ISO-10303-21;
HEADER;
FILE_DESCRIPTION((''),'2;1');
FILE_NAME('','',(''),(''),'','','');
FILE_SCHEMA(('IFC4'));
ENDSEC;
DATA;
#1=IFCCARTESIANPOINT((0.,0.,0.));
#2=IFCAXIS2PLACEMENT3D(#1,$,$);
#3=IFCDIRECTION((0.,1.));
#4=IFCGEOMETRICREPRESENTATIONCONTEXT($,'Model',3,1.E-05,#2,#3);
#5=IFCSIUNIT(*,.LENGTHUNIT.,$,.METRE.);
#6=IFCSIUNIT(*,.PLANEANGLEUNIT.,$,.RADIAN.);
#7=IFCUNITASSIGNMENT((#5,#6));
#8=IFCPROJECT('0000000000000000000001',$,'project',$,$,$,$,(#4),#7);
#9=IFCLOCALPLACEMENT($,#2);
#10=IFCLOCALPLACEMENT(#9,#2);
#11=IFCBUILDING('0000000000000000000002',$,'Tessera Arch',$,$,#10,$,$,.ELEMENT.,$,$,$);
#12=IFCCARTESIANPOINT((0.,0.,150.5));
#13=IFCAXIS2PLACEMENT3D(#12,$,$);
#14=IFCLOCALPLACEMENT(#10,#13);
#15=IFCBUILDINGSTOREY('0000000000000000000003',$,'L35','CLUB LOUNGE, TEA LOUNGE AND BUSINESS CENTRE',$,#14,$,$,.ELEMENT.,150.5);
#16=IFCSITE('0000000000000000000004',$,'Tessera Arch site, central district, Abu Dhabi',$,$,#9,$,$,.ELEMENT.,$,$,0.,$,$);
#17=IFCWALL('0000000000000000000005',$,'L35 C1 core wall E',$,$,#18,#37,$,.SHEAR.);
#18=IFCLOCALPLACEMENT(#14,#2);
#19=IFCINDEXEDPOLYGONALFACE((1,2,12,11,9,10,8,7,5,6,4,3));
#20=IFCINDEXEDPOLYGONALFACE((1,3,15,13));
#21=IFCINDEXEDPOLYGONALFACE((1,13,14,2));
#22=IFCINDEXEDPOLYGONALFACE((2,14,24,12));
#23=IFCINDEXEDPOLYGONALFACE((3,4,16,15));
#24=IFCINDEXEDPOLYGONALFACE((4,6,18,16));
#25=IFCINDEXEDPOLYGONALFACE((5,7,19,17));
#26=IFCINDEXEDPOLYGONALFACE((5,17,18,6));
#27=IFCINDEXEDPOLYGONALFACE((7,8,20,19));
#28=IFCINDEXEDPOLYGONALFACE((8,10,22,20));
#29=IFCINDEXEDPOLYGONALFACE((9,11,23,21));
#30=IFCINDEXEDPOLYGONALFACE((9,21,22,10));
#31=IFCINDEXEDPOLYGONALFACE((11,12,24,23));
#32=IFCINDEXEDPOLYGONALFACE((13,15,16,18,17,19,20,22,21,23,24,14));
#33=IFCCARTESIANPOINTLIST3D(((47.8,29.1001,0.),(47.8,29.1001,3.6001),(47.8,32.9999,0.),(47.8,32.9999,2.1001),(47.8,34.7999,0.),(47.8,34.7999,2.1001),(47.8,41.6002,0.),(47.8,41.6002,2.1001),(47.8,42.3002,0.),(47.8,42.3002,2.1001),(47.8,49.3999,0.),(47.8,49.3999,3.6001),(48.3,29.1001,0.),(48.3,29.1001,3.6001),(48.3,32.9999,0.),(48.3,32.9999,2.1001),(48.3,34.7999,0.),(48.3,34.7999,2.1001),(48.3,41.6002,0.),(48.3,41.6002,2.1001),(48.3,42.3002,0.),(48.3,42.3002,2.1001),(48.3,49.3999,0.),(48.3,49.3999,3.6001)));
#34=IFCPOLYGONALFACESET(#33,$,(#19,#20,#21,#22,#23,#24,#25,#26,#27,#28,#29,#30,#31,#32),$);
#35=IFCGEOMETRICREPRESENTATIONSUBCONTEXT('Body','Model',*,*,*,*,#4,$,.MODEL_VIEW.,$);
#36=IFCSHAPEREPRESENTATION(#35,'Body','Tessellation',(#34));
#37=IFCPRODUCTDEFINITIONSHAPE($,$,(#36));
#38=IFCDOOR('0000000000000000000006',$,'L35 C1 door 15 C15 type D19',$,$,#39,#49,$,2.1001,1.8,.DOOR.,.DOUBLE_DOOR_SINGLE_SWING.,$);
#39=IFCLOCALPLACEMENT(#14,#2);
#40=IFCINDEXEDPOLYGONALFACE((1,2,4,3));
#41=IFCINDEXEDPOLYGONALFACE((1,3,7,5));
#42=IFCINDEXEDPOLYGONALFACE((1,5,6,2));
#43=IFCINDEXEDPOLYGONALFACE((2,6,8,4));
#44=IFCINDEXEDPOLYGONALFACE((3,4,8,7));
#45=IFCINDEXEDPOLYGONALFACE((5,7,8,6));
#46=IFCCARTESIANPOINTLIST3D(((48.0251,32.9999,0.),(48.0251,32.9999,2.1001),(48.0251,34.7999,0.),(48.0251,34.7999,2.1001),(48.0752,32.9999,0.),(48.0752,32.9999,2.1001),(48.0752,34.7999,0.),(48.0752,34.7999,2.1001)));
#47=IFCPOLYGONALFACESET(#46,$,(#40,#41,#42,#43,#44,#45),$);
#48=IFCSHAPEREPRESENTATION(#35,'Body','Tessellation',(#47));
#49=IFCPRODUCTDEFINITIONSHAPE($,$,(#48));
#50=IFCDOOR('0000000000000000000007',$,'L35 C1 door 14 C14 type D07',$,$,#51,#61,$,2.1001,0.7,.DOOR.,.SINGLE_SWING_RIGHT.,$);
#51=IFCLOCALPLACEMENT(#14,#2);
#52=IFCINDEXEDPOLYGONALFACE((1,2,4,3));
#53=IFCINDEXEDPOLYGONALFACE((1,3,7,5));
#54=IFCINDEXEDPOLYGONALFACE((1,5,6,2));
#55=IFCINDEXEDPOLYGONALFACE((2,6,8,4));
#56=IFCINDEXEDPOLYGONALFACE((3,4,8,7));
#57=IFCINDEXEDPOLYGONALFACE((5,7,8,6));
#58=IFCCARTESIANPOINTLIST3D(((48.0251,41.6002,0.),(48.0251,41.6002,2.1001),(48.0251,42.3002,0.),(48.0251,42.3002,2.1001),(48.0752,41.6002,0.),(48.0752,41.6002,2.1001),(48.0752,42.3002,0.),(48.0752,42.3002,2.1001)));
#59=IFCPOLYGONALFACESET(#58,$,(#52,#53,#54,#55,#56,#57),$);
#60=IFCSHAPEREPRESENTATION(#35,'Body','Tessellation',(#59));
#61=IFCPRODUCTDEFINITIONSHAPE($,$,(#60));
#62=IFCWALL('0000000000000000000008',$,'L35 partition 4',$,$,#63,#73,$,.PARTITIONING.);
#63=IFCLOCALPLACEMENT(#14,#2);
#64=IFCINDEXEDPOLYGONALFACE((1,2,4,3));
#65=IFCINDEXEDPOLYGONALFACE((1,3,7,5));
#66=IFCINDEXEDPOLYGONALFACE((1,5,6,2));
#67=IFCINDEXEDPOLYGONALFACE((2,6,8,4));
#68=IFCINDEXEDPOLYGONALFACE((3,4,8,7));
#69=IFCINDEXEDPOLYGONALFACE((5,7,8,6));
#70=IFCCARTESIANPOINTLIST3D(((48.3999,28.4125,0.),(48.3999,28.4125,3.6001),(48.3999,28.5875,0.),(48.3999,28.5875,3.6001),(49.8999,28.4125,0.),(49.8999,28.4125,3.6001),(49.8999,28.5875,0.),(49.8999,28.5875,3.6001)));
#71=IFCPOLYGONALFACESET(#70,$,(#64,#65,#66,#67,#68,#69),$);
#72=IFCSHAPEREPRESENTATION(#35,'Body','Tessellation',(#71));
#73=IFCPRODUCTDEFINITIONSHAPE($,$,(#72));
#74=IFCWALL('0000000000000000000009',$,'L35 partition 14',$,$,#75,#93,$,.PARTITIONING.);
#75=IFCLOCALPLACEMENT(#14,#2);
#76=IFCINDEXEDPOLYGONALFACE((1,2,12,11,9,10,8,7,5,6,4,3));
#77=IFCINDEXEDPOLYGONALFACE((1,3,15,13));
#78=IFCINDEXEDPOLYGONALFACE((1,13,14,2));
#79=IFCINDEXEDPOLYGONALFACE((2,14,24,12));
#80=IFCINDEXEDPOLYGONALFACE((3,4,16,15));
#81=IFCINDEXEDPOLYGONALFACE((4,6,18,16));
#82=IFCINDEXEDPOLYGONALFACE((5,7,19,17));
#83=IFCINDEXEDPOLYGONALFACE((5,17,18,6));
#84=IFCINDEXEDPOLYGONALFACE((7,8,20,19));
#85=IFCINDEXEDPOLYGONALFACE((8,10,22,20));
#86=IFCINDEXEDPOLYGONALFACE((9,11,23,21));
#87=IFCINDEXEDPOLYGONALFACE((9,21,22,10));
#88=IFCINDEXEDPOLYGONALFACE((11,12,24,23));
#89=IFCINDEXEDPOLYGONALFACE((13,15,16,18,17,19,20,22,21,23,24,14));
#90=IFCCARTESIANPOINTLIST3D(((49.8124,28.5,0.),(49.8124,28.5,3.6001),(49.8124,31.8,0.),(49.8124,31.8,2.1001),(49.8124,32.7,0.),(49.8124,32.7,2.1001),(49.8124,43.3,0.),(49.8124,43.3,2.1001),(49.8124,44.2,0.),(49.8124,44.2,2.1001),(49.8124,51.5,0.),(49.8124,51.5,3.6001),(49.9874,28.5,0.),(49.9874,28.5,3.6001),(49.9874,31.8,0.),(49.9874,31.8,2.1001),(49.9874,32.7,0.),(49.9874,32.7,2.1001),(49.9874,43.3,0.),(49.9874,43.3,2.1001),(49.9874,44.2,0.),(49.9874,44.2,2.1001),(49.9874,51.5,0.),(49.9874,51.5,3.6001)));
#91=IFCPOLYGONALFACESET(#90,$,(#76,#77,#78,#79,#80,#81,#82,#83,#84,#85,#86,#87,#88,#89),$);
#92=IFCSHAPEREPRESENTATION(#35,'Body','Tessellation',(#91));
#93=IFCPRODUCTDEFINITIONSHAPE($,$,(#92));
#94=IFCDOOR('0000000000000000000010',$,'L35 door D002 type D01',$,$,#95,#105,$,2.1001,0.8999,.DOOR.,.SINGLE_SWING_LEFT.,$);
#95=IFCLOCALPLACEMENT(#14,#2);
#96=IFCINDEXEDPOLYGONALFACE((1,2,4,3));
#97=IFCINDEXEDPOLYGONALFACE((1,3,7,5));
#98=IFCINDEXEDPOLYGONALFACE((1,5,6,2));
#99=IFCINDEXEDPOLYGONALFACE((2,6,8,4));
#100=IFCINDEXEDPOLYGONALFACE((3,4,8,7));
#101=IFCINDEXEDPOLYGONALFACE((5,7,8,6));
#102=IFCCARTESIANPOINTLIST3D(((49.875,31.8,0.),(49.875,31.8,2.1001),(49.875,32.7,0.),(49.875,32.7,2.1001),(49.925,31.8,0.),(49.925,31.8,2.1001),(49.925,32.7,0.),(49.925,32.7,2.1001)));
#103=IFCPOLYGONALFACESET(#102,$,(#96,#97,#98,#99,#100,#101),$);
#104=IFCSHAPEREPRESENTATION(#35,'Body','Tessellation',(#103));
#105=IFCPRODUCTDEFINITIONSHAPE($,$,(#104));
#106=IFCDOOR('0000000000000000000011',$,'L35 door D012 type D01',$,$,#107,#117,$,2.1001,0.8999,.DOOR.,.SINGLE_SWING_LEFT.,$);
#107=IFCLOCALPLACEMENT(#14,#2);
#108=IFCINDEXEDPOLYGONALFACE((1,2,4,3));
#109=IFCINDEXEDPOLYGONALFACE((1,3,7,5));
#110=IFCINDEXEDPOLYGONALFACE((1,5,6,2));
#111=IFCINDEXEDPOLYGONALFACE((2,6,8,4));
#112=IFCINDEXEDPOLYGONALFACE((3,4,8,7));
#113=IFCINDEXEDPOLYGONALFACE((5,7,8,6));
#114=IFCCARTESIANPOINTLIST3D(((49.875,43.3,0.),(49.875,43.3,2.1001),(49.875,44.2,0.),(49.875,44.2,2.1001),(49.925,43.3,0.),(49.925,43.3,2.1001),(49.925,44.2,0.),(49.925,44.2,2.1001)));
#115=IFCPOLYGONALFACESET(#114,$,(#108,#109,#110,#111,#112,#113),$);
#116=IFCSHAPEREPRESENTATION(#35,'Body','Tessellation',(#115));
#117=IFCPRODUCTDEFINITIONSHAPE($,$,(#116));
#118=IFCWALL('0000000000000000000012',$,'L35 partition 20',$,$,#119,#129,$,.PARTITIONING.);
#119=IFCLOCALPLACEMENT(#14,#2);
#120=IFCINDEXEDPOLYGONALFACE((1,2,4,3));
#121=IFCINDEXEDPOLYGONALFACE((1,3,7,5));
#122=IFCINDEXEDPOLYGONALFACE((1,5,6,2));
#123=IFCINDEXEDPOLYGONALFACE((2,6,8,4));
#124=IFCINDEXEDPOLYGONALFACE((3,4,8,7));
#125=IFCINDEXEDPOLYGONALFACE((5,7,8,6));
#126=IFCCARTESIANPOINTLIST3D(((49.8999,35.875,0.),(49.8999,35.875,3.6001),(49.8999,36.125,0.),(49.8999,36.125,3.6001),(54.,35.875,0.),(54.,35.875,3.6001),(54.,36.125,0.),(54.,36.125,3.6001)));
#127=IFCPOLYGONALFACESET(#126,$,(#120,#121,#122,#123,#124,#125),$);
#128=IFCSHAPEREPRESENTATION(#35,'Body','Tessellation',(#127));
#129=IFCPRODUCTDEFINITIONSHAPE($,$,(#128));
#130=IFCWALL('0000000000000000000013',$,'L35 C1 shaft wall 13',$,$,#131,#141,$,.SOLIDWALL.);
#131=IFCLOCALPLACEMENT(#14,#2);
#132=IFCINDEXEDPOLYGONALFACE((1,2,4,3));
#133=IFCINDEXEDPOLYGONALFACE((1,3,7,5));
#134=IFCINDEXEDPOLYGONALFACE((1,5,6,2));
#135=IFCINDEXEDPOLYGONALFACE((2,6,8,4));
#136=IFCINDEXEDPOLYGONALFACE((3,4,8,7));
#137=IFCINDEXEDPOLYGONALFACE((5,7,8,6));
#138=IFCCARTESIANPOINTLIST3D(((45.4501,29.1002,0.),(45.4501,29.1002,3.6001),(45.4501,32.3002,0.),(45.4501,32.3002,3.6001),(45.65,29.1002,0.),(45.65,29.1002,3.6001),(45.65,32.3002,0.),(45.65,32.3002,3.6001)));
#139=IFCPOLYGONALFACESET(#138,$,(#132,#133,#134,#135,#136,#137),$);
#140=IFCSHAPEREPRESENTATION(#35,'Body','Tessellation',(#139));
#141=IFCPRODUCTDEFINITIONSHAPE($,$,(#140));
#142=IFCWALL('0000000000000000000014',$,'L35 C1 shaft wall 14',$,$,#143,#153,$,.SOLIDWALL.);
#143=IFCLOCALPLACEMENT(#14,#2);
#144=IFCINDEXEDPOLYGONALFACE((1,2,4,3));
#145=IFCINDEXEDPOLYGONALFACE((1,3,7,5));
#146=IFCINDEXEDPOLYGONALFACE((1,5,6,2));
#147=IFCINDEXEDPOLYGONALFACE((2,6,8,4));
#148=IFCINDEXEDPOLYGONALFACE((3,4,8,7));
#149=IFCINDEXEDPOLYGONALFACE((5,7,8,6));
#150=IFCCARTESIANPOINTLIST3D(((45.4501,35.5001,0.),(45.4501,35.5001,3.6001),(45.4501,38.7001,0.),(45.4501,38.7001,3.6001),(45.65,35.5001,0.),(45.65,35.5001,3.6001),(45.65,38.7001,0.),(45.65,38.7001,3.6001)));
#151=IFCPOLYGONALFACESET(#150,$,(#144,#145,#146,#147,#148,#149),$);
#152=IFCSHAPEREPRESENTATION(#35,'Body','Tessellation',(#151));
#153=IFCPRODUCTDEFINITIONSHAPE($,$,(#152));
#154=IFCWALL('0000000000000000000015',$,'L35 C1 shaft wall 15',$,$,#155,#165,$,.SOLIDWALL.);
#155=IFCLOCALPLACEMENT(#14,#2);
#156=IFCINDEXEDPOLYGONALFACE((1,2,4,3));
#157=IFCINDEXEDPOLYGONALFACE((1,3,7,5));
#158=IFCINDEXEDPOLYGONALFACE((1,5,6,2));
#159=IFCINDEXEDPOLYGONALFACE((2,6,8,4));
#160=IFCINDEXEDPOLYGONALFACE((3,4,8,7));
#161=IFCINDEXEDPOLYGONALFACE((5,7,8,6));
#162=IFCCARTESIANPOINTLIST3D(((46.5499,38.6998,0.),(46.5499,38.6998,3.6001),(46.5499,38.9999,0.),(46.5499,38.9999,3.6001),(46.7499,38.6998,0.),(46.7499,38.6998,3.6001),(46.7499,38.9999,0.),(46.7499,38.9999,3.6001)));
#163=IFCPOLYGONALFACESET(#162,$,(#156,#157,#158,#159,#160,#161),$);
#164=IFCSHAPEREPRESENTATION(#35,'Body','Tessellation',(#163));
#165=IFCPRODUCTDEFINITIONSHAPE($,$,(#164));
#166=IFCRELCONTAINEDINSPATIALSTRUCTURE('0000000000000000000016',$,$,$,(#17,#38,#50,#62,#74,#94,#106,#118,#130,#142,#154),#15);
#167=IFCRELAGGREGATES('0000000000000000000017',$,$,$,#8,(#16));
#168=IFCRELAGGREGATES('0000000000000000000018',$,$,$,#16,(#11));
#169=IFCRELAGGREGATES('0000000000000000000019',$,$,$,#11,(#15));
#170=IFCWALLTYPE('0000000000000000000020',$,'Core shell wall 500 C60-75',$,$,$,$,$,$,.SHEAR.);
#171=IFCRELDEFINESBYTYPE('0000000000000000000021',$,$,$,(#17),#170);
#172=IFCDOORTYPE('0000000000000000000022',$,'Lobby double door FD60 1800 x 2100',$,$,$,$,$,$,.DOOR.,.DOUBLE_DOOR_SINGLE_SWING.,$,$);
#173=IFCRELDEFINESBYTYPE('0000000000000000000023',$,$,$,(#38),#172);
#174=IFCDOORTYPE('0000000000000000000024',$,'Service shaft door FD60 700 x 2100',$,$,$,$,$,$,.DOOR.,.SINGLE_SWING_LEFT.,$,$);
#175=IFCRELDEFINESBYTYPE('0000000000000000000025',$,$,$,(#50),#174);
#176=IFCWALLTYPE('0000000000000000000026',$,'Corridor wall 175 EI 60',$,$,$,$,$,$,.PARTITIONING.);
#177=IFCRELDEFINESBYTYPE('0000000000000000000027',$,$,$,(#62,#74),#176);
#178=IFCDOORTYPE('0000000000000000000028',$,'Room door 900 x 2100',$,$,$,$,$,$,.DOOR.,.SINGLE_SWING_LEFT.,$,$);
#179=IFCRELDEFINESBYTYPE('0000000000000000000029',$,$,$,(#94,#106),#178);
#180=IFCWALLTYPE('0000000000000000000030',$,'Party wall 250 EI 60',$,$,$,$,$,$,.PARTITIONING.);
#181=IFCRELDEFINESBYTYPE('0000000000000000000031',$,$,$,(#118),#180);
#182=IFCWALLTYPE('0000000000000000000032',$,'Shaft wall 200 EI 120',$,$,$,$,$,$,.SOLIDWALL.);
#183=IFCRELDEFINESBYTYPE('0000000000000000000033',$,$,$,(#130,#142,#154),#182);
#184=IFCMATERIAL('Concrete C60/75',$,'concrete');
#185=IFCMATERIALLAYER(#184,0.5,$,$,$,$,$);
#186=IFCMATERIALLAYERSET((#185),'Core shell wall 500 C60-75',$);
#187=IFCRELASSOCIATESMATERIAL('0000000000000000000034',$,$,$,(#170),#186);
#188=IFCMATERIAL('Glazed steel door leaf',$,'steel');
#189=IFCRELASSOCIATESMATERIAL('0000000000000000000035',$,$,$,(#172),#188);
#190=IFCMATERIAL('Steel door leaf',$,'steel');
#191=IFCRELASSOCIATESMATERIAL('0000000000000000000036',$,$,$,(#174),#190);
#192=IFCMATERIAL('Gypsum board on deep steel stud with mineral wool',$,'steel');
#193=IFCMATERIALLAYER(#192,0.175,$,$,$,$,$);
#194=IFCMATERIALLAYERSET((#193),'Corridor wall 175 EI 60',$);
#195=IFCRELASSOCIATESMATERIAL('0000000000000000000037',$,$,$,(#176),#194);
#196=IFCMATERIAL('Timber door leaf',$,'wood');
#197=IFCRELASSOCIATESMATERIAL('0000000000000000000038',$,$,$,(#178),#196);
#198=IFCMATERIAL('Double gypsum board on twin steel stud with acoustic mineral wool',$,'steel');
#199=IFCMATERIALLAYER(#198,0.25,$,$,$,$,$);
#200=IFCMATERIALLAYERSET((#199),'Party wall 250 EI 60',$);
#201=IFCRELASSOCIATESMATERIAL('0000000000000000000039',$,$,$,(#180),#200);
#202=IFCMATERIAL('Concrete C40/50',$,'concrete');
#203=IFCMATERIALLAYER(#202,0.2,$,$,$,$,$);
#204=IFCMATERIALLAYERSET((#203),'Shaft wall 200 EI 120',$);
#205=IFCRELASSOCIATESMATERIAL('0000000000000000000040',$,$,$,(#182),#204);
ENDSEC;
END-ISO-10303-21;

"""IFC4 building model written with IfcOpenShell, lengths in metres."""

from ifc_helpers import new_model, si_unit, direction, frame, frame_2d, origin, place, context, subcontext, project, spatial, rectangle, extrude, material, layer, layer_set, type_object, element, fill, save


model = new_model("IFC4")

# Units and contexts
model_context = context("Model", 3, precision=1e-05, world=origin(), true_north=direction((0.0, 1.0)))
body_context = subcontext(model_context, "Body", "Model", "MODEL_VIEW")
ifc_project = project(units=[si_unit("LENGTHUNIT", "METRE"), si_unit("PLANEANGLEUNIT", "RADIAN")], contexts=[model_context])

# Site, building, storey
site_placement = place(None, origin())
site = spatial("IfcSite", under=ifc_project, at=site_placement, Name="Tessera Arch site, central district, Abu Dhabi", CompositionType="ELEMENT", RefElevation=0.0)
building_placement = place(site_placement, origin())
building = spatial("IfcBuilding", under=site, at=building_placement, Name="Tessera Arch", CompositionType="ELEMENT")
storey_placement = place(building_placement, frame((0.0, 0.0, 150.5)))
storey = spatial("IfcBuildingStorey", under=building, at=storey_placement, Name="L35", Description="CLUB LOUNGE, TEA LOUNGE AND BUSINESS CENTRE", CompositionType="ELEMENT", Elevation=150.5)

# Wall, openings, doors
ifc_material_1 = material(Name="Concrete C60/75", Category="concrete")
ifc_layer_1 = layer(ifc_material_1, 0.5)
ifc_layer_set_1 = layer_set([ifc_layer_1], Name="Core shell wall 500 C60-75")
wall_type_1 = type_object("IfcWallType", Name="Core shell wall 500 C60-75", PredefinedType="SHEAR", material=ifc_layer_set_1)
wall_1_placement = place(storey_placement, frame((48.05, 29.1001, 0.0), z_axis=(0.0, 0.0, 1.0), x_axis=(0.0, 1.0, 0.0)))
wall_1 = element("IfcWall", 1, at=wall_1_placement, inside=storey, type_object=wall_type_1, Name="L35 C1 core wall E", PredefinedType="SHEAR", context=body_context, shape_type="SweptSolid", body=[
    extrude(rectangle(XDim=20.2998, YDim=0.5, at=frame_2d((10.1499, 0.0))), origin(), (0.0, 0.0, 1.0), 3.6001),
])
opening_1_placement = place(wall_1_placement, frame((12.5, 0.0, 0.0)))
opening_1 = element("IfcOpeningElement", 2, at=opening_1_placement, cuts=wall_1, PredefinedType="OPENING", context=body_context, shape_type="SweptSolid", body=[
    extrude(rectangle(XDim=0.7, YDim=2.1001, at=frame_2d((0.3501, 1.05))), frame((0.0, 0.26, 0.0), z_axis=(0.0, -1.0, 0.0), x_axis=(1.0, 0.0, 0.0)), (0.0, 0.0, 1.0), 0.52),
])
opening_2_placement = place(wall_1_placement, frame((3.8999, 0.0, 0.0)))
opening_2 = element("IfcOpeningElement", 3, at=opening_2_placement, cuts=wall_1, PredefinedType="OPENING", context=body_context, shape_type="SweptSolid", body=[
    extrude(rectangle(XDim=1.8, YDim=2.1001, at=frame_2d((0.8999, 1.05))), frame((0.0, 0.26, 0.0), z_axis=(0.0, -1.0, 0.0), x_axis=(1.0, 0.0, 0.0)), (0.0, 0.0, 1.0), 0.52),
])
ifc_material_2 = material(Name="Glazed steel door leaf", Category="steel")
door_type_1 = type_object("IfcDoorType", Name="Lobby double door FD60 1800 x 2100", OperationType="DOUBLE_DOOR_SINGLE_SWING", PredefinedType="DOOR", material=ifc_material_2)
door_1_placement = place(opening_2_placement, origin())
door_1 = element("IfcDoor", 4, at=door_1_placement, inside=storey, type_object=door_type_1, Name="L35 C1 door 15 C15 type D19", OperationType="DOUBLE_DOOR_SINGLE_SWING", OverallHeight=2.1001, OverallWidth=1.8, PredefinedType="DOOR", context=body_context, shape_type="SweptSolid", body=[
    extrude(rectangle(XDim=1.8, YDim=2.1001, at=frame_2d((0.8999, 1.05))), frame((0.0, 0.0249, 0.0), z_axis=(0.0, -1.0, 0.0), x_axis=(1.0, 0.0, 0.0)), (0.0, 0.0, 1.0), 0.05),
])
fill(opening_2, door_1)
ifc_material_3 = material(Name="Steel door leaf", Category="steel")
door_type_2 = type_object("IfcDoorType", Name="Service shaft door FD60 700 x 2100", OperationType="SINGLE_SWING_LEFT", PredefinedType="DOOR", material=ifc_material_3)
door_2_placement = place(opening_1_placement, origin())
door_2 = element("IfcDoor", 5, at=door_2_placement, inside=storey, type_object=door_type_2, Name="L35 C1 door 14 C14 type D07", OperationType="SINGLE_SWING_RIGHT", OverallHeight=2.1001, OverallWidth=0.7, PredefinedType="DOOR", context=body_context, shape_type="SweptSolid", body=[
    extrude(rectangle(XDim=0.7, YDim=2.1001, at=frame_2d((0.3501, 1.05))), frame((0.0, 0.0249, 0.0), z_axis=(0.0, -1.0, 0.0), x_axis=(1.0, 0.0, 0.0)), (0.0, 0.0, 1.0), 0.05),
])
fill(opening_1, door_2)

# Wall
ifc_material_4 = material(Name="Gypsum board on deep steel stud with mineral wool", Category="steel")
ifc_layer_2 = layer(ifc_material_4, 0.175)
ifc_layer_set_2 = layer_set([ifc_layer_2], Name="Corridor wall 175 EI 60")
wall_type_2 = type_object("IfcWallType", Name="Corridor wall 175 EI 60", PredefinedType="PARTITIONING", material=ifc_layer_set_2)
wall_2_placement = place(storey_placement, frame((48.3999, 28.5, 0.0), z_axis=(0.0, 0.0, 1.0), x_axis=(1.0, 0.0, 0.0)))
element("IfcWall", 6, at=wall_2_placement, inside=storey, type_object=wall_type_2, Name="L35 partition 4", PredefinedType="PARTITIONING", context=body_context, shape_type="SweptSolid", body=[
    extrude(rectangle(XDim=1.5, YDim=0.175, at=frame_2d((0.75, 0.0))), origin(), (0.0, 0.0, 1.0), 3.6001),
])

# Wall, openings, doors
wall_3_placement = place(storey_placement, frame((49.8999, 28.5, 0.0), z_axis=(0.0, 0.0, 1.0), x_axis=(0.0, 1.0, 0.0)))
wall_3 = element("IfcWall", 7, at=wall_3_placement, inside=storey, type_object=wall_type_2, Name="L35 partition 14", PredefinedType="PARTITIONING", context=body_context, shape_type="SweptSolid", body=[
    extrude(rectangle(XDim=23.0, YDim=0.175, at=frame_2d((11.5, 0.0))), origin(), (0.0, 0.0, 1.0), 3.6001),
])
opening_3_placement = place(wall_3_placement, frame((3.3, 0.0, 0.0)))
opening_3 = element("IfcOpeningElement", 8, at=opening_3_placement, cuts=wall_3, PredefinedType="OPENING", context=body_context, shape_type="SweptSolid", body=[
    extrude(rectangle(XDim=0.8999, YDim=2.1001, at=frame_2d((0.45, 1.05))), frame((0.0, 0.0974, 0.0), z_axis=(0.0, -1.0, 0.0), x_axis=(1.0, 0.0, 0.0)), (0.0, 0.0, 1.0), 0.1951),
])
opening_4_placement = place(wall_3_placement, frame((14.8, 0.0, 0.0)))
opening_4 = element("IfcOpeningElement", 9, at=opening_4_placement, cuts=wall_3, PredefinedType="OPENING", context=body_context, shape_type="SweptSolid", body=[
    extrude(rectangle(XDim=0.8999, YDim=2.1001, at=frame_2d((0.45, 1.05))), frame((0.0, 0.0974, 0.0), z_axis=(0.0, -1.0, 0.0), x_axis=(1.0, 0.0, 0.0)), (0.0, 0.0, 1.0), 0.1951),
])
ifc_material_5 = material(Name="Timber door leaf", Category="wood")
door_type_3 = type_object("IfcDoorType", Name="Room door 900 x 2100", OperationType="SINGLE_SWING_LEFT", PredefinedType="DOOR", material=ifc_material_5)
door_3_placement = place(opening_3_placement, origin())
door_3 = element("IfcDoor", 10, at=door_3_placement, inside=storey, type_object=door_type_3, Name="L35 door D002 type D01", OperationType="SINGLE_SWING_LEFT", OverallHeight=2.1001, OverallWidth=0.8999, PredefinedType="DOOR", context=body_context, shape_type="SweptSolid", body=[
    extrude(rectangle(XDim=0.8999, YDim=2.1001, at=frame_2d((0.45, 1.05))), frame((0.0, 0.0249, 0.0), z_axis=(0.0, -1.0, 0.0), x_axis=(1.0, 0.0, 0.0)), (0.0, 0.0, 1.0), 0.05),
])
fill(opening_3, door_3)
door_4_placement = place(opening_4_placement, origin())
door_4 = element("IfcDoor", 11, at=door_4_placement, inside=storey, type_object=door_type_3, Name="L35 door D012 type D01", OperationType="SINGLE_SWING_LEFT", OverallHeight=2.1001, OverallWidth=0.8999, PredefinedType="DOOR", context=body_context, shape_type="SweptSolid", body=[
    extrude(rectangle(XDim=0.8999, YDim=2.1001, at=frame_2d((0.45, 1.05))), frame((0.0, 0.0249, 0.0), z_axis=(0.0, -1.0, 0.0), x_axis=(1.0, 0.0, 0.0)), (0.0, 0.0, 1.0), 0.05),
])
fill(opening_4, door_4)

# Walls
ifc_material_6 = material(Name="Double gypsum board on twin steel stud with acoustic mineral wool", Category="steel")
ifc_layer_3 = layer(ifc_material_6, 0.25)
ifc_layer_set_3 = layer_set([ifc_layer_3], Name="Party wall 250 EI 60")
wall_type_3 = type_object("IfcWallType", Name="Party wall 250 EI 60", PredefinedType="PARTITIONING", material=ifc_layer_set_3)
wall_4_placement = place(storey_placement, frame((49.8999, 36.0, 0.0), z_axis=(0.0, 0.0, 1.0), x_axis=(1.0, 0.0, 0.0)))
element("IfcWall", 12, at=wall_4_placement, inside=storey, type_object=wall_type_3, Name="L35 partition 20", PredefinedType="PARTITIONING", context=body_context, shape_type="SweptSolid", body=[
    extrude(rectangle(XDim=4.1001, YDim=0.25, at=frame_2d((2.05, 0.0))), origin(), (0.0, 0.0, 1.0), 3.6001),
])
ifc_material_7 = material(Name="Concrete C40/50", Category="concrete")
ifc_layer_4 = layer(ifc_material_7, 0.2)
ifc_layer_set_4 = layer_set([ifc_layer_4], Name="Shaft wall 200 EI 120")
wall_type_4 = type_object("IfcWallType", Name="Shaft wall 200 EI 120", PredefinedType="SOLIDWALL", material=ifc_layer_set_4)
for number, where, z_axis, x_axis, name in (
    (13, (45.55, 29.1001, 0.0), (0.0, 0.0, 1.0), (0.0, 1.0, 0.0), "L35 C1 shaft wall 13"),
    (14, (45.55, 35.5, 0.0), (0.0, 0.0, 1.0), (0.0, 1.0, 0.0), "L35 C1 shaft wall 14"),
):
    element("IfcWall", number, at=place(storey_placement, frame(where, z_axis=z_axis, x_axis=x_axis)), inside=storey, type_object=wall_type_4, Name=name, PredefinedType="SOLIDWALL", context=body_context, shape_type="SweptSolid", body=[
        extrude(rectangle(XDim=3.2, YDim=0.2, at=frame_2d((1.6001, 0.0))), origin(), (0.0, 0.0, 1.0), 3.6001),
    ])
wall_5_placement = place(storey_placement, frame((46.6499, 38.7, 0.0), z_axis=(0.0, 0.0, 1.0), x_axis=(0.0, 1.0, 0.0)))
element("IfcWall", 15, at=wall_5_placement, inside=storey, type_object=wall_type_4, Name="L35 C1 shaft wall 15", PredefinedType="SOLIDWALL", context=body_context, shape_type="SweptSolid", body=[
    extrude(rectangle(XDim=0.3, YDim=0.2, at=frame_2d((0.1499, 0.0))), origin(), (0.0, 0.0, 1.0), 3.6001),
])

save(model, "model.ifc")
